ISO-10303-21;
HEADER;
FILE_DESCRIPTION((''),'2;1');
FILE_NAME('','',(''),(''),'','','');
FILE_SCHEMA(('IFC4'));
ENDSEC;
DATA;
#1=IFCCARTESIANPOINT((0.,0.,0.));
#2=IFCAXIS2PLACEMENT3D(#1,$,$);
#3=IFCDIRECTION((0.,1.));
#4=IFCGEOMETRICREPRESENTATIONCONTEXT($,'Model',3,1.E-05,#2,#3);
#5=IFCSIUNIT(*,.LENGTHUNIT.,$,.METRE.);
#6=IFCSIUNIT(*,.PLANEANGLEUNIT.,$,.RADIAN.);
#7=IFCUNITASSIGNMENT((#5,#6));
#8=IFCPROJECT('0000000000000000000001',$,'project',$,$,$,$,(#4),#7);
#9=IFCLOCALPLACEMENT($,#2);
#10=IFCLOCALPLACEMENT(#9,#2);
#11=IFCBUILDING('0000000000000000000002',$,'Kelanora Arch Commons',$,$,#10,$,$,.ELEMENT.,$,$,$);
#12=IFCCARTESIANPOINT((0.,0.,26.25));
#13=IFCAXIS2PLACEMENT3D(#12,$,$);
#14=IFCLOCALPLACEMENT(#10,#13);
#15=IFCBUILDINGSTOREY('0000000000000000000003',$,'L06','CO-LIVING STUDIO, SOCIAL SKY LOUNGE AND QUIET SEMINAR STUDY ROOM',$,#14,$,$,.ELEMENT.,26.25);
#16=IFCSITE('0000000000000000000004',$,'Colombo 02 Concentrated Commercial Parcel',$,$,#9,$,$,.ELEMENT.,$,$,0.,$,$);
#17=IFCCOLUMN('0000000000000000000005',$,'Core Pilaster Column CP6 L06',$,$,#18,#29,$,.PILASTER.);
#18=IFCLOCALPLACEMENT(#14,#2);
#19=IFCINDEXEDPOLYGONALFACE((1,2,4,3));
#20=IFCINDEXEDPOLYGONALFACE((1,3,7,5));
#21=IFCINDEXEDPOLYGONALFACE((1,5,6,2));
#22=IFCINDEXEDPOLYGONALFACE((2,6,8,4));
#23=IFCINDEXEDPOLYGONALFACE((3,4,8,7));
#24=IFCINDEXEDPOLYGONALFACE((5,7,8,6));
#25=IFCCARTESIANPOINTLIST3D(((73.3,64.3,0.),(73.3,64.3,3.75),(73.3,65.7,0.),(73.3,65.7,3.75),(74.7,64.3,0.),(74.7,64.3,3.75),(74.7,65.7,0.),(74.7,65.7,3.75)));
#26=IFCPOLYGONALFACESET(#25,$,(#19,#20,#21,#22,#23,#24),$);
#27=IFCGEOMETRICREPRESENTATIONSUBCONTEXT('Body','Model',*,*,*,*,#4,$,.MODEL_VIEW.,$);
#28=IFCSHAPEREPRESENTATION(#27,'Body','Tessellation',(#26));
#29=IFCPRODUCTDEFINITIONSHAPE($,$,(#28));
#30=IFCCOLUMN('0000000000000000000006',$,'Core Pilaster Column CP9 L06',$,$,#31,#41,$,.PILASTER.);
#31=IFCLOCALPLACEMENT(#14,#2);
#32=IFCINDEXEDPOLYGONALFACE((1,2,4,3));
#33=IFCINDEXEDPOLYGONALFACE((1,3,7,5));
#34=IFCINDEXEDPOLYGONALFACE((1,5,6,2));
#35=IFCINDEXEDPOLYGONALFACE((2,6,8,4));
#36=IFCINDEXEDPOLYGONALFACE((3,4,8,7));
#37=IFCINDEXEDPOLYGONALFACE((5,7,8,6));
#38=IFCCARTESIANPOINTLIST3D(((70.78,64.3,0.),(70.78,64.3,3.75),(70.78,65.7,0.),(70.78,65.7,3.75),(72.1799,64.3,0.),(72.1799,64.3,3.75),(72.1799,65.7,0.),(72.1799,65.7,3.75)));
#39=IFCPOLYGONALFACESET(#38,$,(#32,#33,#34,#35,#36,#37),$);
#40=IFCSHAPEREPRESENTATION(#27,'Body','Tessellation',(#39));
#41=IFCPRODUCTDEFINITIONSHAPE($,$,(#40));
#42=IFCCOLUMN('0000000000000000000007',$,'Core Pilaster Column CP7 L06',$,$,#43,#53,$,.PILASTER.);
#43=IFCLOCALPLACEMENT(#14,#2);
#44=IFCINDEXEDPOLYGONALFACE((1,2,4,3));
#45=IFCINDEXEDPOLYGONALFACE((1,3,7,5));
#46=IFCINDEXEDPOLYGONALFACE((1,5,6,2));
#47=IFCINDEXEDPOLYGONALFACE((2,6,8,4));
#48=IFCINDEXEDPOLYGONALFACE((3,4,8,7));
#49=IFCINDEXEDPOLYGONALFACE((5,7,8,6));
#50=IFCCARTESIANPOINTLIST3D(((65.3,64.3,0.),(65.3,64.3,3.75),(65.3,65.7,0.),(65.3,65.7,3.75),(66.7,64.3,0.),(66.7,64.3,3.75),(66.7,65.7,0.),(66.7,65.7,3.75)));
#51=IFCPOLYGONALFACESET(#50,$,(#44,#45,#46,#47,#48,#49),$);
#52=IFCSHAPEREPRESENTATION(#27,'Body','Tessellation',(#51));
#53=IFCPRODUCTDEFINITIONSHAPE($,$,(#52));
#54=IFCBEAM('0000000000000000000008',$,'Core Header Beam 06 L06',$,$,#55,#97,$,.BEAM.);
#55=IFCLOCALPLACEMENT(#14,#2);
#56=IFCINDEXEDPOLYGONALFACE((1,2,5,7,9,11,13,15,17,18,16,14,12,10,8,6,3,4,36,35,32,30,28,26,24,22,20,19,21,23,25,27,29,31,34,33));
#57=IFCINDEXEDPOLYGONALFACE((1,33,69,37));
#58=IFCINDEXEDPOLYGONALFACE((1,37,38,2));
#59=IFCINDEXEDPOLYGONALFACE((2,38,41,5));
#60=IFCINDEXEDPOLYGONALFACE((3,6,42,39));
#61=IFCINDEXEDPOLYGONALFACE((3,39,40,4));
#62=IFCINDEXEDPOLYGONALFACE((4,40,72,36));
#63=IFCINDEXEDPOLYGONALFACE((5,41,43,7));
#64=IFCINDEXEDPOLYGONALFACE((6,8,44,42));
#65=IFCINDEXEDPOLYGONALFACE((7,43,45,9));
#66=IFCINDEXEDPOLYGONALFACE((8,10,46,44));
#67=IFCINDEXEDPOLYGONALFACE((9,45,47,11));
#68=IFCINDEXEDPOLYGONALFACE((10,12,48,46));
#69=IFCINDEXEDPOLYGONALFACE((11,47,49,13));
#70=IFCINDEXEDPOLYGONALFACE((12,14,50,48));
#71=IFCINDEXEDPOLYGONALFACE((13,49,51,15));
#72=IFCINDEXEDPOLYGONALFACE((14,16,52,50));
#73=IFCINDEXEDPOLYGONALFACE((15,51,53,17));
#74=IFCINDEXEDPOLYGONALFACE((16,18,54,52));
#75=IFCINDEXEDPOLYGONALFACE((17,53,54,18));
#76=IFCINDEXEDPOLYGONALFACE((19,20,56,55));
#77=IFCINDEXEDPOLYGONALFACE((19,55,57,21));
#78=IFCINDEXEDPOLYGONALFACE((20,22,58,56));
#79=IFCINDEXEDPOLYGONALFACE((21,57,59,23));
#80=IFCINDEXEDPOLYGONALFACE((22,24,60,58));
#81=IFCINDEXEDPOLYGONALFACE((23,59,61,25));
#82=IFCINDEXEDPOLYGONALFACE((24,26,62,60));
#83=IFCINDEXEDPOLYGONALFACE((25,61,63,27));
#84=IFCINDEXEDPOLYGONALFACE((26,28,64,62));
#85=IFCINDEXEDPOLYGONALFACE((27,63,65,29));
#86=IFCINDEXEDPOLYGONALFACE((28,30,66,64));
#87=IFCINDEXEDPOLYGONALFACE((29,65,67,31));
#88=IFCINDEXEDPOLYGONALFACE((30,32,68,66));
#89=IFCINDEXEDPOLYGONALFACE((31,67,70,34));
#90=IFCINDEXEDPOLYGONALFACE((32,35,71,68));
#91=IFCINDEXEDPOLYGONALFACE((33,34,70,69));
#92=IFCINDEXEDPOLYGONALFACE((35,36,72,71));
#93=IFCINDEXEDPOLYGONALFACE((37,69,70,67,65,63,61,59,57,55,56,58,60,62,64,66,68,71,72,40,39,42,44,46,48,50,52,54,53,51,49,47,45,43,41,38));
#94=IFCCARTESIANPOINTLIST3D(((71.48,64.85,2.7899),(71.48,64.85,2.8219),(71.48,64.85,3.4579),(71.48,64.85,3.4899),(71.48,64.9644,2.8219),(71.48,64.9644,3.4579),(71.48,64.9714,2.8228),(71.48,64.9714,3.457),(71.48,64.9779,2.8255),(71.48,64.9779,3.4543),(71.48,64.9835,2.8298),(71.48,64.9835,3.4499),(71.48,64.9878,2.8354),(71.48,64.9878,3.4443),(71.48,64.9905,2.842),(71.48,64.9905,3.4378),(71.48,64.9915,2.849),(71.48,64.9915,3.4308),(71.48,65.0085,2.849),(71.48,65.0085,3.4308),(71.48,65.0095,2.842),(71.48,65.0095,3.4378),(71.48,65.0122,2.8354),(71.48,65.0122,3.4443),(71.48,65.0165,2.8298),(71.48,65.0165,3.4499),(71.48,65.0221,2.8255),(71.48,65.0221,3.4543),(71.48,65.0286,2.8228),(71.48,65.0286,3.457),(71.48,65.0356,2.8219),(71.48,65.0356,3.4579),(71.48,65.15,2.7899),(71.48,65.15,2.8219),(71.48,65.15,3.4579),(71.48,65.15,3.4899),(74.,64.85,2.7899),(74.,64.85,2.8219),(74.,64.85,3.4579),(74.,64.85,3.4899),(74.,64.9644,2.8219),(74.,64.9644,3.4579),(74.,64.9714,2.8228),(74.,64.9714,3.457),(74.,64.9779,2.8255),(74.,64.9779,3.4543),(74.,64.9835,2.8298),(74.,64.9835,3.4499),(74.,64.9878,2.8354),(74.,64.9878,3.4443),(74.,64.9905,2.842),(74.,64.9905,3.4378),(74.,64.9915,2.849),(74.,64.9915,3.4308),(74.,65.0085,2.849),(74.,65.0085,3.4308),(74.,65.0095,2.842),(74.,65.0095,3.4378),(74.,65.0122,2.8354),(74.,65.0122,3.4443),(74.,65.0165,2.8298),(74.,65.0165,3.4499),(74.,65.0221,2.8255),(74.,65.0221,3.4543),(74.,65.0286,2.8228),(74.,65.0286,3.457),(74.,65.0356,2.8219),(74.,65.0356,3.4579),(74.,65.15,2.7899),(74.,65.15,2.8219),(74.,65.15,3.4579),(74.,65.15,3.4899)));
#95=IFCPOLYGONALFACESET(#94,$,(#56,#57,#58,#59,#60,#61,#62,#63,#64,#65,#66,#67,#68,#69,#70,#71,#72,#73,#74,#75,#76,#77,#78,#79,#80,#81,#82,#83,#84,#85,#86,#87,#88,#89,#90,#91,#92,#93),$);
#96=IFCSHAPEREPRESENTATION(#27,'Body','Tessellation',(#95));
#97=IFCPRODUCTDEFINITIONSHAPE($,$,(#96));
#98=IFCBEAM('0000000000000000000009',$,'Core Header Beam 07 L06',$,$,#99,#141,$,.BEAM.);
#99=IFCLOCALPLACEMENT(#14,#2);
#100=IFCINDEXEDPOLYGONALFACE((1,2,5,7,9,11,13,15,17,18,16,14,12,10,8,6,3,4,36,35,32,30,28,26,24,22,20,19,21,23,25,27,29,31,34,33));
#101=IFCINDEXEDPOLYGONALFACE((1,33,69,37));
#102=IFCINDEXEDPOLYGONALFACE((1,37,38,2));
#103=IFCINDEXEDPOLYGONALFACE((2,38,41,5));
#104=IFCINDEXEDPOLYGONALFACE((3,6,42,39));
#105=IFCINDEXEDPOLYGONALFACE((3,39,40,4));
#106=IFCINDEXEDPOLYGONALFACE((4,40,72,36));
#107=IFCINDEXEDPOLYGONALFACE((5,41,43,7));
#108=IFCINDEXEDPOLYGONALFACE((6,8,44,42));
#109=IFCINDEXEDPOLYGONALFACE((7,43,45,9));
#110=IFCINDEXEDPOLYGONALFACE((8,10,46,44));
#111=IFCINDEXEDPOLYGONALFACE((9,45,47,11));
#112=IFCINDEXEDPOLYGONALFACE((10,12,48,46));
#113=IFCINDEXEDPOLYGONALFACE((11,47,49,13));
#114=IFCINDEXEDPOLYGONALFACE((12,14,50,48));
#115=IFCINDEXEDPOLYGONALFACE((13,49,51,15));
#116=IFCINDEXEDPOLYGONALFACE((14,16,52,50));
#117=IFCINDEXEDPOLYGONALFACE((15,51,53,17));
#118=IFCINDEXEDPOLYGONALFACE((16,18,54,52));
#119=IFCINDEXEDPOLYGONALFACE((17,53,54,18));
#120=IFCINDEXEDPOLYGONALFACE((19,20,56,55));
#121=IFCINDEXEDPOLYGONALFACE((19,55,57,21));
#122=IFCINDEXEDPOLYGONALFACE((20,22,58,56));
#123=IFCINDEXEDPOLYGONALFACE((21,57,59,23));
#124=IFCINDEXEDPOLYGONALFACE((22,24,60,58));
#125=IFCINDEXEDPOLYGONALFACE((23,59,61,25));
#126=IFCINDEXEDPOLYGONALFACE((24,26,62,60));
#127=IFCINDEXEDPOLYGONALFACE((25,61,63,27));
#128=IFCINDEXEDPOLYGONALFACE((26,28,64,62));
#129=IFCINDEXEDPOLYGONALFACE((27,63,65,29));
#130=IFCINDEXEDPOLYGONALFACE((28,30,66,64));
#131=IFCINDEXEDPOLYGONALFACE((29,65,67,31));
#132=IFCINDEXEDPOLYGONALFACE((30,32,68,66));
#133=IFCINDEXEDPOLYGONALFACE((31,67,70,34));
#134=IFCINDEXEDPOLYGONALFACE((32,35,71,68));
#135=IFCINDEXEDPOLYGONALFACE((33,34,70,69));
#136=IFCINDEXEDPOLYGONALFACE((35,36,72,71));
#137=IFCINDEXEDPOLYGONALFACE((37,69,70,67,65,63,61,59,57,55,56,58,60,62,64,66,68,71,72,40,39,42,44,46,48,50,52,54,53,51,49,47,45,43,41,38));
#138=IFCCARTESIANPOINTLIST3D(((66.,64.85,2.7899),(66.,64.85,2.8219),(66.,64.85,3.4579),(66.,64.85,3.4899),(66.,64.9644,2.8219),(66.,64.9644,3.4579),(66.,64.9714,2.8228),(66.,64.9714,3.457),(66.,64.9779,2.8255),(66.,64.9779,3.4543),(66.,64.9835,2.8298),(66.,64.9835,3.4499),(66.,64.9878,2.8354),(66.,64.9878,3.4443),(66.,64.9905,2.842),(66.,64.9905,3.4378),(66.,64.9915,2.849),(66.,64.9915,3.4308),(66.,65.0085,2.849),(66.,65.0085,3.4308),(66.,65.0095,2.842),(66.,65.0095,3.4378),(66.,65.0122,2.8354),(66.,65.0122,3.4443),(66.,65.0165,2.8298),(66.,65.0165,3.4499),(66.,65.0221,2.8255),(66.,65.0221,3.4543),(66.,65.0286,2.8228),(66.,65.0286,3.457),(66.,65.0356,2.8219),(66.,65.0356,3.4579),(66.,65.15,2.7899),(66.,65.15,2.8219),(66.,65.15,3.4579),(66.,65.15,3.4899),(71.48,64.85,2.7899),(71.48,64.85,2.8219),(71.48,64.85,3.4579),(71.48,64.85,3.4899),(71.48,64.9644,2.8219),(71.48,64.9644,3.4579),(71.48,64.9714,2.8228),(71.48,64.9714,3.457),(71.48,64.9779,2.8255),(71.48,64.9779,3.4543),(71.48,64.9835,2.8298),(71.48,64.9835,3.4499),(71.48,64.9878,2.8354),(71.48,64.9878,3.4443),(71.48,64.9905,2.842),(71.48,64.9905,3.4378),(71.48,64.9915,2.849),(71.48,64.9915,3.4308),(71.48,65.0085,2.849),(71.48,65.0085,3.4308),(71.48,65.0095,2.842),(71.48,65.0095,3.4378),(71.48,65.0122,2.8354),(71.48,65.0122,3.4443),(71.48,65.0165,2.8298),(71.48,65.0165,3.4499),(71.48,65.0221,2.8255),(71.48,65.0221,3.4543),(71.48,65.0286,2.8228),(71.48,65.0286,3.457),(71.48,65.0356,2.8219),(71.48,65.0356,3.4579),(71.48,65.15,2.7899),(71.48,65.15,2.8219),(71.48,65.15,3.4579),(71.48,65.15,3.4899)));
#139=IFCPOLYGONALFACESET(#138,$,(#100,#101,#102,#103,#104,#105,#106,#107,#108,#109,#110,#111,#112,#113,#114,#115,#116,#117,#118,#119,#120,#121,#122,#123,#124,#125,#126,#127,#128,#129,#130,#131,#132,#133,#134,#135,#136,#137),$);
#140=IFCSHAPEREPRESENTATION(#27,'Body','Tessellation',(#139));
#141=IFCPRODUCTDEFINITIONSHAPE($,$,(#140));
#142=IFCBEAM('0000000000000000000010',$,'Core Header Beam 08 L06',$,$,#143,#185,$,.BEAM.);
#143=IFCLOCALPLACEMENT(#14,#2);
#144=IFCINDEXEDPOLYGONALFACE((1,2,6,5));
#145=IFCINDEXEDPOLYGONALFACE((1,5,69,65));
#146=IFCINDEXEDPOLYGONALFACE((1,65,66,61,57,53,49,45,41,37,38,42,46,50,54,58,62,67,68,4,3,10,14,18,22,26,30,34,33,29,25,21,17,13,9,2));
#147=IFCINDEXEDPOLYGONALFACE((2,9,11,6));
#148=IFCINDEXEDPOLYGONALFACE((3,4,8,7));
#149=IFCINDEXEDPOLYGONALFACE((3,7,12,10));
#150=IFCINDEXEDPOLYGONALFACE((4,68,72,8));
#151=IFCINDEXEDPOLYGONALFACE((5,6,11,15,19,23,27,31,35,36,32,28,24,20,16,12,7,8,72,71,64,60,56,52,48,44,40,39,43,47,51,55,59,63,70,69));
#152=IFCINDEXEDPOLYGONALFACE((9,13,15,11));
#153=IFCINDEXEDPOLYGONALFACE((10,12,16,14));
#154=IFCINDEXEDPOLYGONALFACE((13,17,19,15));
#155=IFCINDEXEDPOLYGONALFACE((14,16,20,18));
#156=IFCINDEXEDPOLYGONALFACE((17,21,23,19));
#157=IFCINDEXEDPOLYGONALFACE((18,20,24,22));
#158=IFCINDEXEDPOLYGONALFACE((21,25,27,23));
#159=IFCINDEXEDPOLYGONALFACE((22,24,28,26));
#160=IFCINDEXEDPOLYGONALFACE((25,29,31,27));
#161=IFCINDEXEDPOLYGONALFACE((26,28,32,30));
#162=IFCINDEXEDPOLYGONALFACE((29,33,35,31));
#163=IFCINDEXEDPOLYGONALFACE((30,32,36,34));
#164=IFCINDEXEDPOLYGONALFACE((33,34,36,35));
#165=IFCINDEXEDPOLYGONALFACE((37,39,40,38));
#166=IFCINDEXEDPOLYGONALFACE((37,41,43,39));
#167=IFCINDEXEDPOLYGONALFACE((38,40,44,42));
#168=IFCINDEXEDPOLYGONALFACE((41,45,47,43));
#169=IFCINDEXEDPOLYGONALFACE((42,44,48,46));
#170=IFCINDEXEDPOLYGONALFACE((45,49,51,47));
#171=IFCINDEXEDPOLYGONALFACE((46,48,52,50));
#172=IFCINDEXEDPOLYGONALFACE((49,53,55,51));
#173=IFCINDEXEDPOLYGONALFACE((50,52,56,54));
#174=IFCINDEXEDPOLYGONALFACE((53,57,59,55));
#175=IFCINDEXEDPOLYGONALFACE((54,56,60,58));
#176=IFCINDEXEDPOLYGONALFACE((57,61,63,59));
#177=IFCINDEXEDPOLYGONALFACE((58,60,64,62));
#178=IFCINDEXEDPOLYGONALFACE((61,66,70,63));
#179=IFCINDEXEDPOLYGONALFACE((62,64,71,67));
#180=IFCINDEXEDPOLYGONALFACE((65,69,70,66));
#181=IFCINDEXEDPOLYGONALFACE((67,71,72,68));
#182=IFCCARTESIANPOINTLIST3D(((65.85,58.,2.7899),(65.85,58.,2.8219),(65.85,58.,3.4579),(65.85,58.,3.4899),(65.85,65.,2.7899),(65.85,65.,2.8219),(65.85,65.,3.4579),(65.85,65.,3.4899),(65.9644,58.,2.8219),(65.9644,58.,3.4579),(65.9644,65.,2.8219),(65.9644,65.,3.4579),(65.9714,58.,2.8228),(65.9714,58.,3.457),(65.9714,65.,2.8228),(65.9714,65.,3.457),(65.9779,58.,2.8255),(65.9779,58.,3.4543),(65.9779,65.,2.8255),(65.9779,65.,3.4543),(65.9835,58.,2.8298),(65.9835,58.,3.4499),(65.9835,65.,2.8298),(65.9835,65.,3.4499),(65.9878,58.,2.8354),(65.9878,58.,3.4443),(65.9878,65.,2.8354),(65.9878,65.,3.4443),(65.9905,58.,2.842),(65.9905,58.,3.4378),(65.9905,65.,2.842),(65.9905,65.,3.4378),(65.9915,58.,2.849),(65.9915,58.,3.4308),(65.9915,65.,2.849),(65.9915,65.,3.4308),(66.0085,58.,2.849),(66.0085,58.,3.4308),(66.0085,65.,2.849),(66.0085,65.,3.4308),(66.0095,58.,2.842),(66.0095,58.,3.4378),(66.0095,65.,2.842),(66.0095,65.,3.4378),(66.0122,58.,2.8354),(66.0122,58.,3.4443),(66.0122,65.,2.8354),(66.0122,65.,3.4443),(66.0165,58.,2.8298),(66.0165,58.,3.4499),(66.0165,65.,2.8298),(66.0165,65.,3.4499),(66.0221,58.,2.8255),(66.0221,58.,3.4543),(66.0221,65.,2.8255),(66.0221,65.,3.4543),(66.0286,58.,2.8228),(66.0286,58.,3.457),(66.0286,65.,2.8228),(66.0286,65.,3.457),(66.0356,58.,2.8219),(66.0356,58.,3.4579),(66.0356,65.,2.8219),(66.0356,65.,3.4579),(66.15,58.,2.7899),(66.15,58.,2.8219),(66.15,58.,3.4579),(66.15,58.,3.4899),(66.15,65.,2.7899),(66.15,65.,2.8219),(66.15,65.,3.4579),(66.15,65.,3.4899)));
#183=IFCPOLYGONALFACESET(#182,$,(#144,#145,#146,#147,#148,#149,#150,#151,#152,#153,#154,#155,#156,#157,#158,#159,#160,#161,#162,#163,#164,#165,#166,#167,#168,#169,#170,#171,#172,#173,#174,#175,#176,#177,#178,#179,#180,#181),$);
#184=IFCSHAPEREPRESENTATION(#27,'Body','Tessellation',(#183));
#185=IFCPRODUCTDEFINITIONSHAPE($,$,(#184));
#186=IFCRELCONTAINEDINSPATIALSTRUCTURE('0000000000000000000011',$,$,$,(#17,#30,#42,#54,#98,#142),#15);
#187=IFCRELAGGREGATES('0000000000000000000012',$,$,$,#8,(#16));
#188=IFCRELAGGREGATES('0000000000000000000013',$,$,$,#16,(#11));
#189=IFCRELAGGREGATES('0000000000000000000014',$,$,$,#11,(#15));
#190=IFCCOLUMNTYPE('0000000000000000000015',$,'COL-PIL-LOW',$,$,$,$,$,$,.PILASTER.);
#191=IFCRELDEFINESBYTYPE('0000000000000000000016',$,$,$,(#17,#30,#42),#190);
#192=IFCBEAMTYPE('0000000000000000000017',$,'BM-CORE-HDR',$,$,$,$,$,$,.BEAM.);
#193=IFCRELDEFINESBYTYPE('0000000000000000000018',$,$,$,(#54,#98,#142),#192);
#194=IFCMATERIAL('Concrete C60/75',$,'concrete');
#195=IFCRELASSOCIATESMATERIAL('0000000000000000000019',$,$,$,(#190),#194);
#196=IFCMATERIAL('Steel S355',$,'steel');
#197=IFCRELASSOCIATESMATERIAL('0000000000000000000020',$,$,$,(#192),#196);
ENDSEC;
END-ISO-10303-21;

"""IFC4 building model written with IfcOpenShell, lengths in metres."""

from ifc_helpers import new_model, si_unit, direction, frame, origin, origin_2d, place, context, subcontext, project, spatial, rectangle, i_section, extrude, material, material_profile, profile_set, type_object, element, save


model = new_model("IFC4")

# Units and contexts
model_context = context("Model", 3, precision=1e-05, world=origin(), true_north=direction((0.0, 1.0)))
body_context = subcontext(model_context, "Body", "Model", "MODEL_VIEW")
ifc_project = project(units=[si_unit("LENGTHUNIT", "METRE"), si_unit("PLANEANGLEUNIT", "RADIAN")], contexts=[model_context])

# Site, building, storey
site_placement = place(None, origin())
site = spatial("IfcSite", under=ifc_project, at=site_placement, Name="Colombo 02 Concentrated Commercial Parcel", CompositionType="ELEMENT", RefElevation=0.0)
building_placement = place(site_placement, origin())
building = spatial("IfcBuilding", under=site, at=building_placement, Name="Kelanora Arch Commons", CompositionType="ELEMENT")
storey_placement = place(building_placement, frame((0.0, 0.0, 26.25)))
storey = spatial("IfcBuildingStorey", under=building, at=storey_placement, Name="L06", Description="CO-LIVING STUDIO, SOCIAL SKY LOUNGE AND QUIET SEMINAR STUDY ROOM", CompositionType="ELEMENT", Elevation=26.25)

# Columns
ifc_material_1 = material(Name="Concrete C60/75", Category="concrete")
ifc_material_profile_1 = material_profile(ifc_material_1, rectangle(XDim=1.3999, YDim=1.3999, at=origin_2d()), Name="RC1400x1400")
ifc_profile_set_1 = profile_set([ifc_material_profile_1], Name="Concrete C60/75")
column_type = type_object("IfcColumnType", Name="COL-PIL-LOW", PredefinedType="PILASTER", material=ifc_profile_set_1)
for number, where, z_axis, x_axis, name in (
    (1, (74.0, 65.0, 0.0), (0.0, 0.0, 1.0), (1.0, 0.0, 0.0), "Core Pilaster Column CP6 L06"),
    (2, (71.48, 65.0, 0.0), (0.0, 0.0, 1.0), (1.0, 0.0, 0.0), "Core Pilaster Column CP9 L06"),
    (3, (66.0, 65.0, 0.0), (0.0, 0.0, 1.0), (1.0, 0.0, 0.0), "Core Pilaster Column CP7 L06"),
):
    element("IfcColumn", number, at=place(storey_placement, frame(where, z_axis=z_axis, x_axis=x_axis)), inside=storey, type_object=column_type, Name=name, PredefinedType="PILASTER", context=body_context, shape_type="SweptSolid", body=[
        extrude(rectangle(XDim=1.3999, YDim=1.3999, at=origin_2d()), origin(), (0.0, 0.0, 1.0), 3.75),
    ])

# Beams
ifc_material_2 = material(Name="Steel S355", Category="steel")
ifc_material_profile_2 = material_profile(ifc_material_2, i_section(OverallWidth=0.3, OverallDepth=0.7, WebThickness=0.0171, FlangeThickness=0.032, FilletRadius=0.0271, at=origin_2d()), Name="HEB700")
ifc_profile_set_2 = profile_set([ifc_material_profile_2], Name="Steel S355")
beam_type_1 = type_object("IfcBeamType", Name="BM-CORE-HDR", PredefinedType="BEAM", material=ifc_profile_set_2)
beam_1_placement = place(storey_placement, frame((74.0, 65.0, 3.1399), z_axis=(-1.0, 0.0, 0.0), x_axis=(0.0, -1.0, 0.0)))
element("IfcBeam", 4, at=beam_1_placement, inside=storey, type_object=beam_type_1, Name="Core Header Beam 06 L06", PredefinedType="BEAM", context=body_context, shape_type="SweptSolid", body=[
    extrude(i_section(OverallWidth=0.3, OverallDepth=0.7, WebThickness=0.0171, FlangeThickness=0.032, FilletRadius=0.0271, at=origin_2d()), origin(), (0.0, 0.0, 1.0), 2.52),
])
beam_2_placement = place(storey_placement, frame((71.48, 65.0, 3.1399), z_axis=(-1.0, 0.0, 0.0), x_axis=(0.0, -1.0, 0.0)))
element("IfcBeam", 5, at=beam_2_placement, inside=storey, type_object=beam_type_1, Name="Core Header Beam 07 L06", PredefinedType="BEAM", context=body_context, shape_type="SweptSolid", body=[
    extrude(i_section(OverallWidth=0.3, OverallDepth=0.7, WebThickness=0.0171, FlangeThickness=0.032, FilletRadius=0.0271, at=origin_2d()), origin(), (0.0, 0.0, 1.0), 5.48),
])
beam_3_placement = place(storey_placement, frame((66.0, 65.0, 3.1399), z_axis=(0.0, -1.0, 0.0), x_axis=(1.0, 0.0, 0.0)))
element("IfcBeam", 6, at=beam_3_placement, inside=storey, type_object=beam_type_1, Name="Core Header Beam 08 L06", PredefinedType="BEAM", context=body_context, shape_type="SweptSolid", body=[
    extrude(i_section(OverallWidth=0.3, OverallDepth=0.7, WebThickness=0.0171, FlangeThickness=0.032, FilletRadius=0.0271, at=origin_2d()), origin(), (0.0, 0.0, 1.0), 7.0),
])

save(model, "model.ifc")
